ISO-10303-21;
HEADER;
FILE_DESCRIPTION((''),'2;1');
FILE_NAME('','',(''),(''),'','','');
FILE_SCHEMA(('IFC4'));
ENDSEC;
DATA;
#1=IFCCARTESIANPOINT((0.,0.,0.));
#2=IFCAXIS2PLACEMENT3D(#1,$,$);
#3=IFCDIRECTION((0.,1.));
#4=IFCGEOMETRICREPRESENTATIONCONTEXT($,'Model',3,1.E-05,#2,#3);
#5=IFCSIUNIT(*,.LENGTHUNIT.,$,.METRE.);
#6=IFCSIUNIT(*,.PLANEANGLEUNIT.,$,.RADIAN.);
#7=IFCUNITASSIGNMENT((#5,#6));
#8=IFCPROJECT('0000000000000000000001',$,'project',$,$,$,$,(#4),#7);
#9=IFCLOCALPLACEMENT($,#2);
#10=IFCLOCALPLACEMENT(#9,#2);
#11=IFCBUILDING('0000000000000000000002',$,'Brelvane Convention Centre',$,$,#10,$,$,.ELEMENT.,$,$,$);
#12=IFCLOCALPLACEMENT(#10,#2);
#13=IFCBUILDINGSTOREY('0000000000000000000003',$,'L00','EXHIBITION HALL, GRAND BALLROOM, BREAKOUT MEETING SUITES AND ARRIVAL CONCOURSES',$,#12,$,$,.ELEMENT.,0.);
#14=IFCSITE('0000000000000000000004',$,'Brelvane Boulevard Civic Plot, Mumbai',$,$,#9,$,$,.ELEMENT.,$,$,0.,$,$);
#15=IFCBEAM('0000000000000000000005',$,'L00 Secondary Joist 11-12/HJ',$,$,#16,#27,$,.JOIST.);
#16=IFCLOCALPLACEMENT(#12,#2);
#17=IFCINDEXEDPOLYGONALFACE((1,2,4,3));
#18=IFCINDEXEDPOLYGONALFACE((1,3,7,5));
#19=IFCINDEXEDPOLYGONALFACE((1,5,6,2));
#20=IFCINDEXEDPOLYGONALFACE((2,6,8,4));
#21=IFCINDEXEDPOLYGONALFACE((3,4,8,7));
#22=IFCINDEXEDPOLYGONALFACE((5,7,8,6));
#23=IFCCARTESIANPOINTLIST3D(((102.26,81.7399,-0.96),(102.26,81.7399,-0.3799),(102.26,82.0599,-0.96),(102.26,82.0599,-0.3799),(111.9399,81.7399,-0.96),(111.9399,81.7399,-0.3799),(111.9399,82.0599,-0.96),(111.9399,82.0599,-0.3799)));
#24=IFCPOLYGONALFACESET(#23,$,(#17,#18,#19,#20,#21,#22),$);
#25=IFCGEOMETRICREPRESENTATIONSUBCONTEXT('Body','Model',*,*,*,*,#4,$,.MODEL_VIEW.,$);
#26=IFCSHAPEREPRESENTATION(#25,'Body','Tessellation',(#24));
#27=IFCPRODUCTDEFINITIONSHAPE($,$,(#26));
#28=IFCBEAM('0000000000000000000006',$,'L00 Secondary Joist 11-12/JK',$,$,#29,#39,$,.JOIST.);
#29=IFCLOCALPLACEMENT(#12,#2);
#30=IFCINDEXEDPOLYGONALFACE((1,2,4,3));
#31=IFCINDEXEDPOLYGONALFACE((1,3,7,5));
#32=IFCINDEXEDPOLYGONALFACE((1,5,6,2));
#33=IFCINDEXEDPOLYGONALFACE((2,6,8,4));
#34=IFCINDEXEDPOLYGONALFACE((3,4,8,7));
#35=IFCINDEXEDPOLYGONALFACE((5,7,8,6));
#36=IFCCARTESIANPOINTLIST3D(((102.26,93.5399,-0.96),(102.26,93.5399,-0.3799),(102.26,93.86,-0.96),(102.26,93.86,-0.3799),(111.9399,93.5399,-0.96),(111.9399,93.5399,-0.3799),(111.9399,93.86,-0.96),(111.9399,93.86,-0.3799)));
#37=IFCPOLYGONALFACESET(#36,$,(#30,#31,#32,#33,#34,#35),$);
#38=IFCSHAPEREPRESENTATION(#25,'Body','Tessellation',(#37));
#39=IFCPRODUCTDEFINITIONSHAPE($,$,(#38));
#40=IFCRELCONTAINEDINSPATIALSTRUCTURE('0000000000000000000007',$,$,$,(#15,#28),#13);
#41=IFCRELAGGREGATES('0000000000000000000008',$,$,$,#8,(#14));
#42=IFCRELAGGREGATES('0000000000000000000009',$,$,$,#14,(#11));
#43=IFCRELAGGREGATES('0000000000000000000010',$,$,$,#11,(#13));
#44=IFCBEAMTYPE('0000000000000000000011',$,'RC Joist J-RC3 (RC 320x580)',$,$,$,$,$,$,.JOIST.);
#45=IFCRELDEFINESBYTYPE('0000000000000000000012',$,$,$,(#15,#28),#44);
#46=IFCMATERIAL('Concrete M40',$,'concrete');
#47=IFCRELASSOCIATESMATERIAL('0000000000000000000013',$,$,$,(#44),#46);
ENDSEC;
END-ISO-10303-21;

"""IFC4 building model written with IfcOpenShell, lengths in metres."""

from ifc_helpers import new_model, si_unit, direction, frame, origin, origin_2d, place, context, subcontext, project, spatial, rectangle, extrude, material, material_profile, profile_set, type_object, element, save


model = new_model("IFC4")

# Units and contexts
model_context = context("Model", 3, precision=1e-05, world=origin(), true_north=direction((0.0, 1.0)))
body_context = subcontext(model_context, "Body", "Model", "MODEL_VIEW")
ifc_project = project(units=[si_unit("LENGTHUNIT", "METRE"), si_unit("PLANEANGLEUNIT", "RADIAN")], contexts=[model_context])

# Site, building, storey
site_placement = place(None, origin())
site = spatial("IfcSite", under=ifc_project, at=site_placement, Name="Brelvane Boulevard Civic Plot, Mumbai", CompositionType="ELEMENT", RefElevation=0.0)
building_placement = place(site_placement, origin())
building = spatial("IfcBuilding", under=site, at=building_placement, Name="Brelvane Convention Centre", CompositionType="ELEMENT")
storey_placement = place(building_placement, origin())
storey = spatial("IfcBuildingStorey", under=building, at=storey_placement, Name="L00", Description="EXHIBITION HALL, GRAND BALLROOM, BREAKOUT MEETING SUITES AND ARRIVAL CONCOURSES", CompositionType="ELEMENT", Elevation=0.0)

# Beams
ifc_material_1 = material(Name="Concrete M40", Category="concrete")
ifc_material_profile_1 = material_profile(ifc_material_1, rectangle(XDim=0.3201, YDim=0.5801, at=origin_2d()), Name="RC 320x580")
ifc_profile_set_1 = profile_set([ifc_material_profile_1], Name="Concrete M40")
beam_type_1 = type_object("IfcBeamType", Name="RC Joist J-RC3 (RC 320x580)", PredefinedType="JOIST", material=ifc_profile_set_1)
for number, where, z_axis, x_axis, name in (
    (1, (102.26, 81.8999, -0.6699), (1.0, 0.0, 0.0), (0.0, 1.0, 0.0), "L00 Secondary Joist 11-12/HJ"),
    (2, (102.26, 93.7, -0.6699), (1.0, 0.0, 0.0), (0.0, 1.0, 0.0), "L00 Secondary Joist 11-12/JK"),
):
    element("IfcBeam", number, at=place(storey_placement, frame(where, z_axis=z_axis, x_axis=x_axis)), inside=storey, type_object=beam_type_1, Name=name, PredefinedType="JOIST", context=body_context, shape_type="SweptSolid", body=[
        extrude(rectangle(XDim=0.3201, YDim=0.5801, at=origin_2d()), origin(), (0.0, 0.0, 1.0), 9.6799),
    ])

save(model, "model.ifc")
